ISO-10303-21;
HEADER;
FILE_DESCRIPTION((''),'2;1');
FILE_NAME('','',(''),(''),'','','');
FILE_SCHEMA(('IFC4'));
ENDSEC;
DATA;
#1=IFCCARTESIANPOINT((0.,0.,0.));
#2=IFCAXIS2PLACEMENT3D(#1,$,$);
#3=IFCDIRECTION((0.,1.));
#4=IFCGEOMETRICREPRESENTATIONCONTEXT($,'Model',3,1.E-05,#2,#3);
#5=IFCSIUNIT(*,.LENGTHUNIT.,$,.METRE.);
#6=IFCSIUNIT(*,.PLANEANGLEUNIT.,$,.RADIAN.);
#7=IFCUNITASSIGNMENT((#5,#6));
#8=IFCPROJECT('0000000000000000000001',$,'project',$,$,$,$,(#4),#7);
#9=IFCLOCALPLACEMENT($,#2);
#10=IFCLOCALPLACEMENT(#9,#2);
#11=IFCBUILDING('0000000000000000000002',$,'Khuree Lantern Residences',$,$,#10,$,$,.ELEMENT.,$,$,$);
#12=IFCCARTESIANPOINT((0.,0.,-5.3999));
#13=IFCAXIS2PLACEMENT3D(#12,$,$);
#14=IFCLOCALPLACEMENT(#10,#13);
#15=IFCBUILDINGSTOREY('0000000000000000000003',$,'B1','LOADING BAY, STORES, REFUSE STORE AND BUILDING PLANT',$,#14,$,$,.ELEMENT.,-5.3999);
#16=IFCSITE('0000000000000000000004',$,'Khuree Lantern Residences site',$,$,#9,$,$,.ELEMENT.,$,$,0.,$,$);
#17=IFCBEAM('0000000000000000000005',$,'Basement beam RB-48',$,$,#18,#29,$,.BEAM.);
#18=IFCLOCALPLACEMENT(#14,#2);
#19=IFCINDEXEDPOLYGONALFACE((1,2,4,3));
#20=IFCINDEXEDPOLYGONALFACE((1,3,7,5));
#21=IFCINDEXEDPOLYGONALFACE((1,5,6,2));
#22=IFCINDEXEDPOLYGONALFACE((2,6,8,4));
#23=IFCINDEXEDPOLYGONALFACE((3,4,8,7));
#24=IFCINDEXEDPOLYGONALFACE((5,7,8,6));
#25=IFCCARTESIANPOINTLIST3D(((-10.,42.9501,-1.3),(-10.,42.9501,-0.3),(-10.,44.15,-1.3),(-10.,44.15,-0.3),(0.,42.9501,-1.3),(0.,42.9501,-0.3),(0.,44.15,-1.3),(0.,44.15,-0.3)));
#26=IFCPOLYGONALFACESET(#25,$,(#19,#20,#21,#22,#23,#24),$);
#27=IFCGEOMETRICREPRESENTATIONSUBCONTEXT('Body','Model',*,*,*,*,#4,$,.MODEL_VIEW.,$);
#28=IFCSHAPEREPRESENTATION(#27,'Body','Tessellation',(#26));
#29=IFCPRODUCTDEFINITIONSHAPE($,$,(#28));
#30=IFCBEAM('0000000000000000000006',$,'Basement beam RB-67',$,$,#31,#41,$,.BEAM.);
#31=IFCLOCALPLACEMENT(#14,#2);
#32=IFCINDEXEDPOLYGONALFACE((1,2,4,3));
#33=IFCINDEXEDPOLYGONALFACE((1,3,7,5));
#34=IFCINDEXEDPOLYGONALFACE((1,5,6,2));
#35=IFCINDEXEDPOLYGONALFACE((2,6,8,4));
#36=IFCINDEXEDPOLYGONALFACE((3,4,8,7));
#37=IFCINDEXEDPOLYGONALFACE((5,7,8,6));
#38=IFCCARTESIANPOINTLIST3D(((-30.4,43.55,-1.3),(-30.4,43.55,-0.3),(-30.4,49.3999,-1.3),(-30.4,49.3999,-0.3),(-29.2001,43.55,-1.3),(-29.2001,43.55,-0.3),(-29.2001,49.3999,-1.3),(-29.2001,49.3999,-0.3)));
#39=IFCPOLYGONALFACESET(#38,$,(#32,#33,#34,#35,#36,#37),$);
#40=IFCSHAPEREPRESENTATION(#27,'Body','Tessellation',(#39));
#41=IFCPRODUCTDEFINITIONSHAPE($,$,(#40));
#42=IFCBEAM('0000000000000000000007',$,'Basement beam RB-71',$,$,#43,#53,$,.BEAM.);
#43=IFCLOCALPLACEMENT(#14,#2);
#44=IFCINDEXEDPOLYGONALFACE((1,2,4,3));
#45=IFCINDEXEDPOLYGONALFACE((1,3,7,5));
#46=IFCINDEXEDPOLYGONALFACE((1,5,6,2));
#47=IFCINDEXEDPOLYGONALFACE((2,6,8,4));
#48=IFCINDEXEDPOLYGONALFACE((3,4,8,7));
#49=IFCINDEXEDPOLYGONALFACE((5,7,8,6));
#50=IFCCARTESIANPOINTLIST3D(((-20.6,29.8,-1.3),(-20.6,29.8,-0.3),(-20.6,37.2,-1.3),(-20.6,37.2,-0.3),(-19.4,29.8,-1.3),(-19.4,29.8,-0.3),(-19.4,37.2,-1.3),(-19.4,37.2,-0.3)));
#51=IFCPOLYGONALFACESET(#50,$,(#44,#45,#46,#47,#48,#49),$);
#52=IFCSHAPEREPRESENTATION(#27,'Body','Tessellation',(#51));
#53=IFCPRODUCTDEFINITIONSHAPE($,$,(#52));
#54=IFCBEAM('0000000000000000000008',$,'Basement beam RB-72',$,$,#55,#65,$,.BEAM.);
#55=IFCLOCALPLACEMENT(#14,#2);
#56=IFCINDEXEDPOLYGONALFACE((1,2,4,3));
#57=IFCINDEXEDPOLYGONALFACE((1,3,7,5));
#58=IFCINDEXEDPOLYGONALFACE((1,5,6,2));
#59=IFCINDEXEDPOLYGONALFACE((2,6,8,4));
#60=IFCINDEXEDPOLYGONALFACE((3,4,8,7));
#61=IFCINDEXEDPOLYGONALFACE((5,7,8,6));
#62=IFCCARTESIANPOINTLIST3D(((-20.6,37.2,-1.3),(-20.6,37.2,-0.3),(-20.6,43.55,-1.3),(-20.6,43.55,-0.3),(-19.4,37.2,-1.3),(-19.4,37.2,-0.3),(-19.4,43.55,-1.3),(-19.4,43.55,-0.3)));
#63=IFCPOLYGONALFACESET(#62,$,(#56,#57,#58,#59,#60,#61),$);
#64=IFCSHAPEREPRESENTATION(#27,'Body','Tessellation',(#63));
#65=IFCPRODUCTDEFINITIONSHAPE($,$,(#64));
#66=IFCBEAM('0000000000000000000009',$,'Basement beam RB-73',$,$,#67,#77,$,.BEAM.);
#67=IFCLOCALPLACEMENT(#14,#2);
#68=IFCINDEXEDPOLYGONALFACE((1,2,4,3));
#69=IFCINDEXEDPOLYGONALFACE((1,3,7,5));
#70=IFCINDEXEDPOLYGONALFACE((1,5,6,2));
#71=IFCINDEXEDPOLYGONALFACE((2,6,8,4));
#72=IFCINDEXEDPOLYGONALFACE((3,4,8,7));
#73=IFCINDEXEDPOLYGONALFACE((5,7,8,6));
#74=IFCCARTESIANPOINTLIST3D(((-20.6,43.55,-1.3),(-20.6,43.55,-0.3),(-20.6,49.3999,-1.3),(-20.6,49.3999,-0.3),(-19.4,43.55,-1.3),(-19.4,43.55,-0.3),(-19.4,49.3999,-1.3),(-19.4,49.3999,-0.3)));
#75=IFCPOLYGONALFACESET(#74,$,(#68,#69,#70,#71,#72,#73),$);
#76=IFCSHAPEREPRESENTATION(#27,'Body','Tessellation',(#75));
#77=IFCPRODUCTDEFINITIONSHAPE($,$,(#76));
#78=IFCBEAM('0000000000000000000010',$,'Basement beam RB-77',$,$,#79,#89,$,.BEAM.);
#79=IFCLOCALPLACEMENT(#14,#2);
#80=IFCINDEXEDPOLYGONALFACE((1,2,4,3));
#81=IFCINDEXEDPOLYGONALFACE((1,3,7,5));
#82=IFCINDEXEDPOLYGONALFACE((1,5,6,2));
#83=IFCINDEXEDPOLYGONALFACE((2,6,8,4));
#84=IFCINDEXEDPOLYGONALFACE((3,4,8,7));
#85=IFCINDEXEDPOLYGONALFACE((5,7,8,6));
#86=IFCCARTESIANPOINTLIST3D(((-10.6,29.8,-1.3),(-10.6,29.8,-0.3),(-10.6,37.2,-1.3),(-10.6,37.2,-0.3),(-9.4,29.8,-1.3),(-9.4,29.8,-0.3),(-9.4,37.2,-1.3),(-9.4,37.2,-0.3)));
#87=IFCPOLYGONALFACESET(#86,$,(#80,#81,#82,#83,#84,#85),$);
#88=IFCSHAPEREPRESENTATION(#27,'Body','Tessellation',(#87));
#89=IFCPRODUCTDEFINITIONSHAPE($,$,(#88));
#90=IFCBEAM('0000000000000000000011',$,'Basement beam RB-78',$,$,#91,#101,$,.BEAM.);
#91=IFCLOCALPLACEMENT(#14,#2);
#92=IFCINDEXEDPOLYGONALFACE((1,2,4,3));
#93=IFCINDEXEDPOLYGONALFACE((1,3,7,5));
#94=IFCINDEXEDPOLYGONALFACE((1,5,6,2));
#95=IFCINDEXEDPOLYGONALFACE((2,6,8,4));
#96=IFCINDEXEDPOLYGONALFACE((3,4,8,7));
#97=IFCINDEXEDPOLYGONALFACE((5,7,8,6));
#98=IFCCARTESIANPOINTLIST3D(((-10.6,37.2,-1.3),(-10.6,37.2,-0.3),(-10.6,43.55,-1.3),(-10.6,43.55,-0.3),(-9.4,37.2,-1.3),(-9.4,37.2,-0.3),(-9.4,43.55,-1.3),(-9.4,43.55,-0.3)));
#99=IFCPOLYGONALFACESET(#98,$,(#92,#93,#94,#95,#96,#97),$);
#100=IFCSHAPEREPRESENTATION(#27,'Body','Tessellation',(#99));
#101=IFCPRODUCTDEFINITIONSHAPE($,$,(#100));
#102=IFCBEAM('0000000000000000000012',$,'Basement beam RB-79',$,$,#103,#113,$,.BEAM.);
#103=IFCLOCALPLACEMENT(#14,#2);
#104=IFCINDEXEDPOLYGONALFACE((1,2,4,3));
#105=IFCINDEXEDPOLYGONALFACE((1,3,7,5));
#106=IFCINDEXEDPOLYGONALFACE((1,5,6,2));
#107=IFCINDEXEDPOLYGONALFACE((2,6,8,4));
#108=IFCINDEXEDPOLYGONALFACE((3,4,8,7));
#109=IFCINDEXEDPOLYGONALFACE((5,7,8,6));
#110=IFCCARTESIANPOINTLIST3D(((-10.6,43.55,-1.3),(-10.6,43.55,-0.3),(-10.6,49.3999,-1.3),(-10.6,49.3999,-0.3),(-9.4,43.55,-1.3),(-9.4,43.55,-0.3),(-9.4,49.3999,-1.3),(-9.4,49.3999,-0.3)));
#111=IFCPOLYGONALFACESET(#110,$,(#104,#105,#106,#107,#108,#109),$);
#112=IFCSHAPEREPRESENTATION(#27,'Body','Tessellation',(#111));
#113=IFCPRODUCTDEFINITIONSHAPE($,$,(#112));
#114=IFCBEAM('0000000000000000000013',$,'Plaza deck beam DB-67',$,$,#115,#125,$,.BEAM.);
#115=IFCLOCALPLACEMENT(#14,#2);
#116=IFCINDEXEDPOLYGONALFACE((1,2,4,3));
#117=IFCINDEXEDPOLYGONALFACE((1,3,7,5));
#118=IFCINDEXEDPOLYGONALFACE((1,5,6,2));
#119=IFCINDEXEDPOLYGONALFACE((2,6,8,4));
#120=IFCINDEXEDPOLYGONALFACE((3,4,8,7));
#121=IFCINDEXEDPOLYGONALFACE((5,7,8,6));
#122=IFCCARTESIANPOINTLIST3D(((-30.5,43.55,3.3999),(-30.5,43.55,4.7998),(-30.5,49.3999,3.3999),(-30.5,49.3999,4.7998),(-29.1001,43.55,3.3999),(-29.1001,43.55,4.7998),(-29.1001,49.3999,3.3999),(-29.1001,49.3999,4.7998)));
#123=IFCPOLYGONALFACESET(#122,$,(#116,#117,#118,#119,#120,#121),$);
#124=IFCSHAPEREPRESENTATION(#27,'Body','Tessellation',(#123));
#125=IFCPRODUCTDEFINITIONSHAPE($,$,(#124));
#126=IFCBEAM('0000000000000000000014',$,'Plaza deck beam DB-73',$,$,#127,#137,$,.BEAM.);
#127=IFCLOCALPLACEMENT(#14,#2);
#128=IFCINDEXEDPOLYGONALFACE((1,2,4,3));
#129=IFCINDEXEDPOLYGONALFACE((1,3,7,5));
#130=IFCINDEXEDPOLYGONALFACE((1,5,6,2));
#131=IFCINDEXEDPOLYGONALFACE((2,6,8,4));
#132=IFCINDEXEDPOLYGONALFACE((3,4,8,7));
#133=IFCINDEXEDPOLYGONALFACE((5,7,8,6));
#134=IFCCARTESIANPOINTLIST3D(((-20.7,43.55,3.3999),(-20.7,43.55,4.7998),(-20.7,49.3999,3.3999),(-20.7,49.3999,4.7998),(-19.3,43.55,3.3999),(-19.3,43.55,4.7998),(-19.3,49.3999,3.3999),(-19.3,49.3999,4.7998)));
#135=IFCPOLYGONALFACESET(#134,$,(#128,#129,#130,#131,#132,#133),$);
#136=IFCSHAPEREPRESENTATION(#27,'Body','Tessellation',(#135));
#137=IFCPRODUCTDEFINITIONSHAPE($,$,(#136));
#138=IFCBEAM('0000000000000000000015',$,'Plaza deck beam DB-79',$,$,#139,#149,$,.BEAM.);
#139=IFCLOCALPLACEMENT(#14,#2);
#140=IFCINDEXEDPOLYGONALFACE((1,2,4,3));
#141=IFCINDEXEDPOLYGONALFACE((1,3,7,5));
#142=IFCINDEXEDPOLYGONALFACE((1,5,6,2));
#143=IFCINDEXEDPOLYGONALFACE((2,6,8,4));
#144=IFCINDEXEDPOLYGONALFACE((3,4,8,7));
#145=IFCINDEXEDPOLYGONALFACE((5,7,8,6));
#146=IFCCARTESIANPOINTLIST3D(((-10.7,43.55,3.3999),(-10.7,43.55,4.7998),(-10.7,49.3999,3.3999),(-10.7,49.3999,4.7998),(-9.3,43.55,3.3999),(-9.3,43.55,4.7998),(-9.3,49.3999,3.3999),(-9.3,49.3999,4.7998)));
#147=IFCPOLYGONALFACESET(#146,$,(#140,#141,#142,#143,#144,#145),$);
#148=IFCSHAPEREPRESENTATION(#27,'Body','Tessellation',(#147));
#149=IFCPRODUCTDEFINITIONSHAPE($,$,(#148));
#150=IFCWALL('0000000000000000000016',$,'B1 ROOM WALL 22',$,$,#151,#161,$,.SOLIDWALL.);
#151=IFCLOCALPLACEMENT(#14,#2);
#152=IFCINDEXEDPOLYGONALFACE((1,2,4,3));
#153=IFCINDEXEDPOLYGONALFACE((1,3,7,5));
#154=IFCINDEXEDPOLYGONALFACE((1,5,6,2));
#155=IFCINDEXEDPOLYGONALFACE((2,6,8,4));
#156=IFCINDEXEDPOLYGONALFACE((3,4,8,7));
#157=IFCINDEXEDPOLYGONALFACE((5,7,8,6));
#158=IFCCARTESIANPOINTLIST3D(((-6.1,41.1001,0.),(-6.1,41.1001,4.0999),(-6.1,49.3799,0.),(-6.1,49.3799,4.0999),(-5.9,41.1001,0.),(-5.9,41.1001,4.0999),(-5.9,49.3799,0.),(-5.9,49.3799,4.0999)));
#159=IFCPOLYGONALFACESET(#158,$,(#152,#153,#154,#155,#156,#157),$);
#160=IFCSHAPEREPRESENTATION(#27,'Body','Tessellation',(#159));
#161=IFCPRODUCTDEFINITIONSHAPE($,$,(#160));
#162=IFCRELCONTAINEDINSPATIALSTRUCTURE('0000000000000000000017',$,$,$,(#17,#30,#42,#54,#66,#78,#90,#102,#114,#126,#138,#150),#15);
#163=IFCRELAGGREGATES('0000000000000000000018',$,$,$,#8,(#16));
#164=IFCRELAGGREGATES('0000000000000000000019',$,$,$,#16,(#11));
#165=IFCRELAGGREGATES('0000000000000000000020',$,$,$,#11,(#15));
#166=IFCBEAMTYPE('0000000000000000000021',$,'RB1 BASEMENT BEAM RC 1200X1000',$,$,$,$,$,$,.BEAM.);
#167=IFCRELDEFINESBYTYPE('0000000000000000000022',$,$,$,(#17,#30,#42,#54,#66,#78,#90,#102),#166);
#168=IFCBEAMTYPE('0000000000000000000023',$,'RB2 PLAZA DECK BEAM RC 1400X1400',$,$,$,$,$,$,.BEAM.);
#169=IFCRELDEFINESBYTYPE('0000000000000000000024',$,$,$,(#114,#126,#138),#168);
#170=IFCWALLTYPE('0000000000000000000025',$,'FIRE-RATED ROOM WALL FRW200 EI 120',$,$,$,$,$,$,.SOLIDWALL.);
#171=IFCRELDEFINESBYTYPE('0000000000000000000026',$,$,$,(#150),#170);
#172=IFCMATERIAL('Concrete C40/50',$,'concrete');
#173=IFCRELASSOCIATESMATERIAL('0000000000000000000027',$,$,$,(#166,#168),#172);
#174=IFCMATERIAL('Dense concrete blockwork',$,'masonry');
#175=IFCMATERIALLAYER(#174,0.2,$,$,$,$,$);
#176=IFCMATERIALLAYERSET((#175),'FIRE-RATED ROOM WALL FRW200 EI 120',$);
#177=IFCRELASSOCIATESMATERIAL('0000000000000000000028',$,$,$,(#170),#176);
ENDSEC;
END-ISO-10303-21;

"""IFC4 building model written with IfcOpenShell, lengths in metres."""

from ifc_helpers import new_model, si_unit, direction, frame, frame_2d, origin, origin_2d, place, context, subcontext, project, spatial, rectangle, extrude, material, layer, layer_set, material_profile, profile_set, type_object, element, save


model = new_model("IFC4")

# Units and contexts
model_context = context("Model", 3, precision=1e-05, world=origin(), true_north=direction((0.0, 1.0)))
body_context = subcontext(model_context, "Body", "Model", "MODEL_VIEW")
ifc_project = project(units=[si_unit("LENGTHUNIT", "METRE"), si_unit("PLANEANGLEUNIT", "RADIAN")], contexts=[model_context])

# Site, building, storey
site_placement = place(None, origin())
site = spatial("IfcSite", under=ifc_project, at=site_placement, Name="Khuree Lantern Residences site", CompositionType="ELEMENT", RefElevation=0.0)
building_placement = place(site_placement, origin())
building = spatial("IfcBuilding", under=site, at=building_placement, Name="Khuree Lantern Residences", CompositionType="ELEMENT")
storey_placement = place(building_placement, frame((0.0, 0.0, -5.3999)))
storey = spatial("IfcBuildingStorey", under=building, at=storey_placement, Name="B1", Description="LOADING BAY, STORES, REFUSE STORE AND BUILDING PLANT", CompositionType="ELEMENT", Elevation=-5.3999)

# Beams
ifc_material_1 = material(Name="Concrete C40/50", Category="concrete")
ifc_material_profile_1 = material_profile(ifc_material_1, rectangle(XDim=1.2, YDim=1.0, at=origin_2d()), Name="RC 1200X1000")
ifc_profile_set_1 = profile_set([ifc_material_profile_1], Name="Concrete C40/50")
beam_type_1 = type_object("IfcBeamType", Name="RB1 BASEMENT BEAM RC 1200X1000", PredefinedType="BEAM", material=ifc_profile_set_1)
for number, where, z_axis, x_axis, name in (
    (1, (-10.0, 43.55, -0.8), (1.0, 0.0, 0.0), (0.0, 1.0, 0.0), "Basement beam RB-48"),
):
    element("IfcBeam", number, at=place(storey_placement, frame(where, z_axis=z_axis, x_axis=x_axis)), inside=storey, type_object=beam_type_1, Name=name, PredefinedType="BEAM", context=body_context, shape_type="SweptSolid", body=[
        extrude(rectangle(XDim=1.2, YDim=1.0, at=origin_2d()), origin(), (0.0, 0.0, 1.0), 10.0),
    ])
beam_1_placement = place(storey_placement, frame((-29.8, 43.55, -0.8), z_axis=(0.0, 1.0, 0.0), x_axis=(-1.0, 0.0, 0.0)))
element("IfcBeam", 2, at=beam_1_placement, inside=storey, type_object=beam_type_1, Name="Basement beam RB-67", PredefinedType="BEAM", context=body_context, shape_type="SweptSolid", body=[
    extrude(rectangle(XDim=1.2, YDim=1.0, at=origin_2d()), origin(), (0.0, 0.0, 1.0), 5.8499),
])
beam_2_placement = place(storey_placement, frame((-20.0, 29.8, -0.8), z_axis=(0.0, 1.0, 0.0), x_axis=(-1.0, 0.0, 0.0)))
element("IfcBeam", 3, at=beam_2_placement, inside=storey, type_object=beam_type_1, Name="Basement beam RB-71", PredefinedType="BEAM", context=body_context, shape_type="SweptSolid", body=[
    extrude(rectangle(XDim=1.2, YDim=1.0, at=origin_2d()), origin(), (0.0, 0.0, 1.0), 7.3999),
])
beam_3_placement = place(storey_placement, frame((-20.0, 37.2, -0.8), z_axis=(0.0, 1.0, 0.0), x_axis=(-1.0, 0.0, 0.0)))
element("IfcBeam", 4, at=beam_3_placement, inside=storey, type_object=beam_type_1, Name="Basement beam RB-72", PredefinedType="BEAM", context=body_context, shape_type="SweptSolid", body=[
    extrude(rectangle(XDim=1.2, YDim=1.0, at=origin_2d()), origin(), (0.0, 0.0, 1.0), 6.3501),
])
beam_4_placement = place(storey_placement, frame((-20.0, 43.55, -0.8), z_axis=(0.0, 1.0, 0.0), x_axis=(-1.0, 0.0, 0.0)))
element("IfcBeam", 5, at=beam_4_placement, inside=storey, type_object=beam_type_1, Name="Basement beam RB-73", PredefinedType="BEAM", context=body_context, shape_type="SweptSolid", body=[
    extrude(rectangle(XDim=1.2, YDim=1.0, at=origin_2d()), origin(), (0.0, 0.0, 1.0), 5.8499),
])
beam_5_placement = place(storey_placement, frame((-10.0, 29.8, -0.8), z_axis=(0.0, 1.0, 0.0), x_axis=(-1.0, 0.0, 0.0)))
element("IfcBeam", 6, at=beam_5_placement, inside=storey, type_object=beam_type_1, Name="Basement beam RB-77", PredefinedType="BEAM", context=body_context, shape_type="SweptSolid", body=[
    extrude(rectangle(XDim=1.2, YDim=1.0, at=origin_2d()), origin(), (0.0, 0.0, 1.0), 7.3999),
])
beam_6_placement = place(storey_placement, frame((-10.0, 37.2, -0.8), z_axis=(0.0, 1.0, 0.0), x_axis=(-1.0, 0.0, 0.0)))
element("IfcBeam", 7, at=beam_6_placement, inside=storey, type_object=beam_type_1, Name="Basement beam RB-78", PredefinedType="BEAM", context=body_context, shape_type="SweptSolid", body=[
    extrude(rectangle(XDim=1.2, YDim=1.0, at=origin_2d()), origin(), (0.0, 0.0, 1.0), 6.3501),
])
beam_7_placement = place(storey_placement, frame((-10.0, 43.55, -0.8), z_axis=(0.0, 1.0, 0.0), x_axis=(-1.0, 0.0, 0.0)))
element("IfcBeam", 8, at=beam_7_placement, inside=storey, type_object=beam_type_1, Name="Basement beam RB-79", PredefinedType="BEAM", context=body_context, shape_type="SweptSolid", body=[
    extrude(rectangle(XDim=1.2, YDim=1.0, at=origin_2d()), origin(), (0.0, 0.0, 1.0), 5.8499),
])
ifc_material_profile_2 = material_profile(ifc_material_1, rectangle(XDim=1.3999, YDim=1.3999, at=origin_2d()), Name="RC 1400X1400")
ifc_profile_set_2 = profile_set([ifc_material_profile_2], Name="Concrete C40/50")
beam_type_2 = type_object("IfcBeamType", Name="RB2 PLAZA DECK BEAM RC 1400X1400", PredefinedType="BEAM", material=ifc_profile_set_2)
for number, where, z_axis, x_axis, name in (
    (9, (-29.8, 43.55, 4.0999), (0.0, 1.0, 0.0), (-1.0, 0.0, 0.0), "Plaza deck beam DB-67"),
    (10, (-20.0, 43.55, 4.0999), (0.0, 1.0, 0.0), (-1.0, 0.0, 0.0), "Plaza deck beam DB-73"),
    (11, (-10.0, 43.55, 4.0999), (0.0, 1.0, 0.0), (-1.0, 0.0, 0.0), "Plaza deck beam DB-79"),
):
    element("IfcBeam", number, at=place(storey_placement, frame(where, z_axis=z_axis, x_axis=x_axis)), inside=storey, type_object=beam_type_2, Name=name, PredefinedType="BEAM", context=body_context, shape_type="SweptSolid", body=[
        extrude(rectangle(XDim=1.3999, YDim=1.3999, at=origin_2d()), origin(), (0.0, 0.0, 1.0), 5.8499),
    ])

# Wall
ifc_material_2 = material(Name="Dense concrete blockwork", Category="masonry")
ifc_layer = layer(ifc_material_2, 0.2)
ifc_layer_set = layer_set([ifc_layer], Name="FIRE-RATED ROOM WALL FRW200 EI 120")
wall_type = type_object("IfcWallType", Name="FIRE-RATED ROOM WALL FRW200 EI 120", PredefinedType="SOLIDWALL", material=ifc_layer_set)
wall_placement = place(storey_placement, frame((-6.0, 41.1001, 0.0), z_axis=(0.0, 0.0, 1.0), x_axis=(0.0, 1.0, 0.0)))
element("IfcWall", 12, at=wall_placement, inside=storey, type_object=wall_type, Name="B1 ROOM WALL 22", PredefinedType="SOLIDWALL", context=body_context, shape_type="SweptSolid", body=[
    extrude(rectangle(XDim=8.2798, YDim=0.2, at=frame_2d((4.1399, 0.0))), origin(), (0.0, 0.0, 1.0), 4.0999),
])

save(model, "model.ifc")
